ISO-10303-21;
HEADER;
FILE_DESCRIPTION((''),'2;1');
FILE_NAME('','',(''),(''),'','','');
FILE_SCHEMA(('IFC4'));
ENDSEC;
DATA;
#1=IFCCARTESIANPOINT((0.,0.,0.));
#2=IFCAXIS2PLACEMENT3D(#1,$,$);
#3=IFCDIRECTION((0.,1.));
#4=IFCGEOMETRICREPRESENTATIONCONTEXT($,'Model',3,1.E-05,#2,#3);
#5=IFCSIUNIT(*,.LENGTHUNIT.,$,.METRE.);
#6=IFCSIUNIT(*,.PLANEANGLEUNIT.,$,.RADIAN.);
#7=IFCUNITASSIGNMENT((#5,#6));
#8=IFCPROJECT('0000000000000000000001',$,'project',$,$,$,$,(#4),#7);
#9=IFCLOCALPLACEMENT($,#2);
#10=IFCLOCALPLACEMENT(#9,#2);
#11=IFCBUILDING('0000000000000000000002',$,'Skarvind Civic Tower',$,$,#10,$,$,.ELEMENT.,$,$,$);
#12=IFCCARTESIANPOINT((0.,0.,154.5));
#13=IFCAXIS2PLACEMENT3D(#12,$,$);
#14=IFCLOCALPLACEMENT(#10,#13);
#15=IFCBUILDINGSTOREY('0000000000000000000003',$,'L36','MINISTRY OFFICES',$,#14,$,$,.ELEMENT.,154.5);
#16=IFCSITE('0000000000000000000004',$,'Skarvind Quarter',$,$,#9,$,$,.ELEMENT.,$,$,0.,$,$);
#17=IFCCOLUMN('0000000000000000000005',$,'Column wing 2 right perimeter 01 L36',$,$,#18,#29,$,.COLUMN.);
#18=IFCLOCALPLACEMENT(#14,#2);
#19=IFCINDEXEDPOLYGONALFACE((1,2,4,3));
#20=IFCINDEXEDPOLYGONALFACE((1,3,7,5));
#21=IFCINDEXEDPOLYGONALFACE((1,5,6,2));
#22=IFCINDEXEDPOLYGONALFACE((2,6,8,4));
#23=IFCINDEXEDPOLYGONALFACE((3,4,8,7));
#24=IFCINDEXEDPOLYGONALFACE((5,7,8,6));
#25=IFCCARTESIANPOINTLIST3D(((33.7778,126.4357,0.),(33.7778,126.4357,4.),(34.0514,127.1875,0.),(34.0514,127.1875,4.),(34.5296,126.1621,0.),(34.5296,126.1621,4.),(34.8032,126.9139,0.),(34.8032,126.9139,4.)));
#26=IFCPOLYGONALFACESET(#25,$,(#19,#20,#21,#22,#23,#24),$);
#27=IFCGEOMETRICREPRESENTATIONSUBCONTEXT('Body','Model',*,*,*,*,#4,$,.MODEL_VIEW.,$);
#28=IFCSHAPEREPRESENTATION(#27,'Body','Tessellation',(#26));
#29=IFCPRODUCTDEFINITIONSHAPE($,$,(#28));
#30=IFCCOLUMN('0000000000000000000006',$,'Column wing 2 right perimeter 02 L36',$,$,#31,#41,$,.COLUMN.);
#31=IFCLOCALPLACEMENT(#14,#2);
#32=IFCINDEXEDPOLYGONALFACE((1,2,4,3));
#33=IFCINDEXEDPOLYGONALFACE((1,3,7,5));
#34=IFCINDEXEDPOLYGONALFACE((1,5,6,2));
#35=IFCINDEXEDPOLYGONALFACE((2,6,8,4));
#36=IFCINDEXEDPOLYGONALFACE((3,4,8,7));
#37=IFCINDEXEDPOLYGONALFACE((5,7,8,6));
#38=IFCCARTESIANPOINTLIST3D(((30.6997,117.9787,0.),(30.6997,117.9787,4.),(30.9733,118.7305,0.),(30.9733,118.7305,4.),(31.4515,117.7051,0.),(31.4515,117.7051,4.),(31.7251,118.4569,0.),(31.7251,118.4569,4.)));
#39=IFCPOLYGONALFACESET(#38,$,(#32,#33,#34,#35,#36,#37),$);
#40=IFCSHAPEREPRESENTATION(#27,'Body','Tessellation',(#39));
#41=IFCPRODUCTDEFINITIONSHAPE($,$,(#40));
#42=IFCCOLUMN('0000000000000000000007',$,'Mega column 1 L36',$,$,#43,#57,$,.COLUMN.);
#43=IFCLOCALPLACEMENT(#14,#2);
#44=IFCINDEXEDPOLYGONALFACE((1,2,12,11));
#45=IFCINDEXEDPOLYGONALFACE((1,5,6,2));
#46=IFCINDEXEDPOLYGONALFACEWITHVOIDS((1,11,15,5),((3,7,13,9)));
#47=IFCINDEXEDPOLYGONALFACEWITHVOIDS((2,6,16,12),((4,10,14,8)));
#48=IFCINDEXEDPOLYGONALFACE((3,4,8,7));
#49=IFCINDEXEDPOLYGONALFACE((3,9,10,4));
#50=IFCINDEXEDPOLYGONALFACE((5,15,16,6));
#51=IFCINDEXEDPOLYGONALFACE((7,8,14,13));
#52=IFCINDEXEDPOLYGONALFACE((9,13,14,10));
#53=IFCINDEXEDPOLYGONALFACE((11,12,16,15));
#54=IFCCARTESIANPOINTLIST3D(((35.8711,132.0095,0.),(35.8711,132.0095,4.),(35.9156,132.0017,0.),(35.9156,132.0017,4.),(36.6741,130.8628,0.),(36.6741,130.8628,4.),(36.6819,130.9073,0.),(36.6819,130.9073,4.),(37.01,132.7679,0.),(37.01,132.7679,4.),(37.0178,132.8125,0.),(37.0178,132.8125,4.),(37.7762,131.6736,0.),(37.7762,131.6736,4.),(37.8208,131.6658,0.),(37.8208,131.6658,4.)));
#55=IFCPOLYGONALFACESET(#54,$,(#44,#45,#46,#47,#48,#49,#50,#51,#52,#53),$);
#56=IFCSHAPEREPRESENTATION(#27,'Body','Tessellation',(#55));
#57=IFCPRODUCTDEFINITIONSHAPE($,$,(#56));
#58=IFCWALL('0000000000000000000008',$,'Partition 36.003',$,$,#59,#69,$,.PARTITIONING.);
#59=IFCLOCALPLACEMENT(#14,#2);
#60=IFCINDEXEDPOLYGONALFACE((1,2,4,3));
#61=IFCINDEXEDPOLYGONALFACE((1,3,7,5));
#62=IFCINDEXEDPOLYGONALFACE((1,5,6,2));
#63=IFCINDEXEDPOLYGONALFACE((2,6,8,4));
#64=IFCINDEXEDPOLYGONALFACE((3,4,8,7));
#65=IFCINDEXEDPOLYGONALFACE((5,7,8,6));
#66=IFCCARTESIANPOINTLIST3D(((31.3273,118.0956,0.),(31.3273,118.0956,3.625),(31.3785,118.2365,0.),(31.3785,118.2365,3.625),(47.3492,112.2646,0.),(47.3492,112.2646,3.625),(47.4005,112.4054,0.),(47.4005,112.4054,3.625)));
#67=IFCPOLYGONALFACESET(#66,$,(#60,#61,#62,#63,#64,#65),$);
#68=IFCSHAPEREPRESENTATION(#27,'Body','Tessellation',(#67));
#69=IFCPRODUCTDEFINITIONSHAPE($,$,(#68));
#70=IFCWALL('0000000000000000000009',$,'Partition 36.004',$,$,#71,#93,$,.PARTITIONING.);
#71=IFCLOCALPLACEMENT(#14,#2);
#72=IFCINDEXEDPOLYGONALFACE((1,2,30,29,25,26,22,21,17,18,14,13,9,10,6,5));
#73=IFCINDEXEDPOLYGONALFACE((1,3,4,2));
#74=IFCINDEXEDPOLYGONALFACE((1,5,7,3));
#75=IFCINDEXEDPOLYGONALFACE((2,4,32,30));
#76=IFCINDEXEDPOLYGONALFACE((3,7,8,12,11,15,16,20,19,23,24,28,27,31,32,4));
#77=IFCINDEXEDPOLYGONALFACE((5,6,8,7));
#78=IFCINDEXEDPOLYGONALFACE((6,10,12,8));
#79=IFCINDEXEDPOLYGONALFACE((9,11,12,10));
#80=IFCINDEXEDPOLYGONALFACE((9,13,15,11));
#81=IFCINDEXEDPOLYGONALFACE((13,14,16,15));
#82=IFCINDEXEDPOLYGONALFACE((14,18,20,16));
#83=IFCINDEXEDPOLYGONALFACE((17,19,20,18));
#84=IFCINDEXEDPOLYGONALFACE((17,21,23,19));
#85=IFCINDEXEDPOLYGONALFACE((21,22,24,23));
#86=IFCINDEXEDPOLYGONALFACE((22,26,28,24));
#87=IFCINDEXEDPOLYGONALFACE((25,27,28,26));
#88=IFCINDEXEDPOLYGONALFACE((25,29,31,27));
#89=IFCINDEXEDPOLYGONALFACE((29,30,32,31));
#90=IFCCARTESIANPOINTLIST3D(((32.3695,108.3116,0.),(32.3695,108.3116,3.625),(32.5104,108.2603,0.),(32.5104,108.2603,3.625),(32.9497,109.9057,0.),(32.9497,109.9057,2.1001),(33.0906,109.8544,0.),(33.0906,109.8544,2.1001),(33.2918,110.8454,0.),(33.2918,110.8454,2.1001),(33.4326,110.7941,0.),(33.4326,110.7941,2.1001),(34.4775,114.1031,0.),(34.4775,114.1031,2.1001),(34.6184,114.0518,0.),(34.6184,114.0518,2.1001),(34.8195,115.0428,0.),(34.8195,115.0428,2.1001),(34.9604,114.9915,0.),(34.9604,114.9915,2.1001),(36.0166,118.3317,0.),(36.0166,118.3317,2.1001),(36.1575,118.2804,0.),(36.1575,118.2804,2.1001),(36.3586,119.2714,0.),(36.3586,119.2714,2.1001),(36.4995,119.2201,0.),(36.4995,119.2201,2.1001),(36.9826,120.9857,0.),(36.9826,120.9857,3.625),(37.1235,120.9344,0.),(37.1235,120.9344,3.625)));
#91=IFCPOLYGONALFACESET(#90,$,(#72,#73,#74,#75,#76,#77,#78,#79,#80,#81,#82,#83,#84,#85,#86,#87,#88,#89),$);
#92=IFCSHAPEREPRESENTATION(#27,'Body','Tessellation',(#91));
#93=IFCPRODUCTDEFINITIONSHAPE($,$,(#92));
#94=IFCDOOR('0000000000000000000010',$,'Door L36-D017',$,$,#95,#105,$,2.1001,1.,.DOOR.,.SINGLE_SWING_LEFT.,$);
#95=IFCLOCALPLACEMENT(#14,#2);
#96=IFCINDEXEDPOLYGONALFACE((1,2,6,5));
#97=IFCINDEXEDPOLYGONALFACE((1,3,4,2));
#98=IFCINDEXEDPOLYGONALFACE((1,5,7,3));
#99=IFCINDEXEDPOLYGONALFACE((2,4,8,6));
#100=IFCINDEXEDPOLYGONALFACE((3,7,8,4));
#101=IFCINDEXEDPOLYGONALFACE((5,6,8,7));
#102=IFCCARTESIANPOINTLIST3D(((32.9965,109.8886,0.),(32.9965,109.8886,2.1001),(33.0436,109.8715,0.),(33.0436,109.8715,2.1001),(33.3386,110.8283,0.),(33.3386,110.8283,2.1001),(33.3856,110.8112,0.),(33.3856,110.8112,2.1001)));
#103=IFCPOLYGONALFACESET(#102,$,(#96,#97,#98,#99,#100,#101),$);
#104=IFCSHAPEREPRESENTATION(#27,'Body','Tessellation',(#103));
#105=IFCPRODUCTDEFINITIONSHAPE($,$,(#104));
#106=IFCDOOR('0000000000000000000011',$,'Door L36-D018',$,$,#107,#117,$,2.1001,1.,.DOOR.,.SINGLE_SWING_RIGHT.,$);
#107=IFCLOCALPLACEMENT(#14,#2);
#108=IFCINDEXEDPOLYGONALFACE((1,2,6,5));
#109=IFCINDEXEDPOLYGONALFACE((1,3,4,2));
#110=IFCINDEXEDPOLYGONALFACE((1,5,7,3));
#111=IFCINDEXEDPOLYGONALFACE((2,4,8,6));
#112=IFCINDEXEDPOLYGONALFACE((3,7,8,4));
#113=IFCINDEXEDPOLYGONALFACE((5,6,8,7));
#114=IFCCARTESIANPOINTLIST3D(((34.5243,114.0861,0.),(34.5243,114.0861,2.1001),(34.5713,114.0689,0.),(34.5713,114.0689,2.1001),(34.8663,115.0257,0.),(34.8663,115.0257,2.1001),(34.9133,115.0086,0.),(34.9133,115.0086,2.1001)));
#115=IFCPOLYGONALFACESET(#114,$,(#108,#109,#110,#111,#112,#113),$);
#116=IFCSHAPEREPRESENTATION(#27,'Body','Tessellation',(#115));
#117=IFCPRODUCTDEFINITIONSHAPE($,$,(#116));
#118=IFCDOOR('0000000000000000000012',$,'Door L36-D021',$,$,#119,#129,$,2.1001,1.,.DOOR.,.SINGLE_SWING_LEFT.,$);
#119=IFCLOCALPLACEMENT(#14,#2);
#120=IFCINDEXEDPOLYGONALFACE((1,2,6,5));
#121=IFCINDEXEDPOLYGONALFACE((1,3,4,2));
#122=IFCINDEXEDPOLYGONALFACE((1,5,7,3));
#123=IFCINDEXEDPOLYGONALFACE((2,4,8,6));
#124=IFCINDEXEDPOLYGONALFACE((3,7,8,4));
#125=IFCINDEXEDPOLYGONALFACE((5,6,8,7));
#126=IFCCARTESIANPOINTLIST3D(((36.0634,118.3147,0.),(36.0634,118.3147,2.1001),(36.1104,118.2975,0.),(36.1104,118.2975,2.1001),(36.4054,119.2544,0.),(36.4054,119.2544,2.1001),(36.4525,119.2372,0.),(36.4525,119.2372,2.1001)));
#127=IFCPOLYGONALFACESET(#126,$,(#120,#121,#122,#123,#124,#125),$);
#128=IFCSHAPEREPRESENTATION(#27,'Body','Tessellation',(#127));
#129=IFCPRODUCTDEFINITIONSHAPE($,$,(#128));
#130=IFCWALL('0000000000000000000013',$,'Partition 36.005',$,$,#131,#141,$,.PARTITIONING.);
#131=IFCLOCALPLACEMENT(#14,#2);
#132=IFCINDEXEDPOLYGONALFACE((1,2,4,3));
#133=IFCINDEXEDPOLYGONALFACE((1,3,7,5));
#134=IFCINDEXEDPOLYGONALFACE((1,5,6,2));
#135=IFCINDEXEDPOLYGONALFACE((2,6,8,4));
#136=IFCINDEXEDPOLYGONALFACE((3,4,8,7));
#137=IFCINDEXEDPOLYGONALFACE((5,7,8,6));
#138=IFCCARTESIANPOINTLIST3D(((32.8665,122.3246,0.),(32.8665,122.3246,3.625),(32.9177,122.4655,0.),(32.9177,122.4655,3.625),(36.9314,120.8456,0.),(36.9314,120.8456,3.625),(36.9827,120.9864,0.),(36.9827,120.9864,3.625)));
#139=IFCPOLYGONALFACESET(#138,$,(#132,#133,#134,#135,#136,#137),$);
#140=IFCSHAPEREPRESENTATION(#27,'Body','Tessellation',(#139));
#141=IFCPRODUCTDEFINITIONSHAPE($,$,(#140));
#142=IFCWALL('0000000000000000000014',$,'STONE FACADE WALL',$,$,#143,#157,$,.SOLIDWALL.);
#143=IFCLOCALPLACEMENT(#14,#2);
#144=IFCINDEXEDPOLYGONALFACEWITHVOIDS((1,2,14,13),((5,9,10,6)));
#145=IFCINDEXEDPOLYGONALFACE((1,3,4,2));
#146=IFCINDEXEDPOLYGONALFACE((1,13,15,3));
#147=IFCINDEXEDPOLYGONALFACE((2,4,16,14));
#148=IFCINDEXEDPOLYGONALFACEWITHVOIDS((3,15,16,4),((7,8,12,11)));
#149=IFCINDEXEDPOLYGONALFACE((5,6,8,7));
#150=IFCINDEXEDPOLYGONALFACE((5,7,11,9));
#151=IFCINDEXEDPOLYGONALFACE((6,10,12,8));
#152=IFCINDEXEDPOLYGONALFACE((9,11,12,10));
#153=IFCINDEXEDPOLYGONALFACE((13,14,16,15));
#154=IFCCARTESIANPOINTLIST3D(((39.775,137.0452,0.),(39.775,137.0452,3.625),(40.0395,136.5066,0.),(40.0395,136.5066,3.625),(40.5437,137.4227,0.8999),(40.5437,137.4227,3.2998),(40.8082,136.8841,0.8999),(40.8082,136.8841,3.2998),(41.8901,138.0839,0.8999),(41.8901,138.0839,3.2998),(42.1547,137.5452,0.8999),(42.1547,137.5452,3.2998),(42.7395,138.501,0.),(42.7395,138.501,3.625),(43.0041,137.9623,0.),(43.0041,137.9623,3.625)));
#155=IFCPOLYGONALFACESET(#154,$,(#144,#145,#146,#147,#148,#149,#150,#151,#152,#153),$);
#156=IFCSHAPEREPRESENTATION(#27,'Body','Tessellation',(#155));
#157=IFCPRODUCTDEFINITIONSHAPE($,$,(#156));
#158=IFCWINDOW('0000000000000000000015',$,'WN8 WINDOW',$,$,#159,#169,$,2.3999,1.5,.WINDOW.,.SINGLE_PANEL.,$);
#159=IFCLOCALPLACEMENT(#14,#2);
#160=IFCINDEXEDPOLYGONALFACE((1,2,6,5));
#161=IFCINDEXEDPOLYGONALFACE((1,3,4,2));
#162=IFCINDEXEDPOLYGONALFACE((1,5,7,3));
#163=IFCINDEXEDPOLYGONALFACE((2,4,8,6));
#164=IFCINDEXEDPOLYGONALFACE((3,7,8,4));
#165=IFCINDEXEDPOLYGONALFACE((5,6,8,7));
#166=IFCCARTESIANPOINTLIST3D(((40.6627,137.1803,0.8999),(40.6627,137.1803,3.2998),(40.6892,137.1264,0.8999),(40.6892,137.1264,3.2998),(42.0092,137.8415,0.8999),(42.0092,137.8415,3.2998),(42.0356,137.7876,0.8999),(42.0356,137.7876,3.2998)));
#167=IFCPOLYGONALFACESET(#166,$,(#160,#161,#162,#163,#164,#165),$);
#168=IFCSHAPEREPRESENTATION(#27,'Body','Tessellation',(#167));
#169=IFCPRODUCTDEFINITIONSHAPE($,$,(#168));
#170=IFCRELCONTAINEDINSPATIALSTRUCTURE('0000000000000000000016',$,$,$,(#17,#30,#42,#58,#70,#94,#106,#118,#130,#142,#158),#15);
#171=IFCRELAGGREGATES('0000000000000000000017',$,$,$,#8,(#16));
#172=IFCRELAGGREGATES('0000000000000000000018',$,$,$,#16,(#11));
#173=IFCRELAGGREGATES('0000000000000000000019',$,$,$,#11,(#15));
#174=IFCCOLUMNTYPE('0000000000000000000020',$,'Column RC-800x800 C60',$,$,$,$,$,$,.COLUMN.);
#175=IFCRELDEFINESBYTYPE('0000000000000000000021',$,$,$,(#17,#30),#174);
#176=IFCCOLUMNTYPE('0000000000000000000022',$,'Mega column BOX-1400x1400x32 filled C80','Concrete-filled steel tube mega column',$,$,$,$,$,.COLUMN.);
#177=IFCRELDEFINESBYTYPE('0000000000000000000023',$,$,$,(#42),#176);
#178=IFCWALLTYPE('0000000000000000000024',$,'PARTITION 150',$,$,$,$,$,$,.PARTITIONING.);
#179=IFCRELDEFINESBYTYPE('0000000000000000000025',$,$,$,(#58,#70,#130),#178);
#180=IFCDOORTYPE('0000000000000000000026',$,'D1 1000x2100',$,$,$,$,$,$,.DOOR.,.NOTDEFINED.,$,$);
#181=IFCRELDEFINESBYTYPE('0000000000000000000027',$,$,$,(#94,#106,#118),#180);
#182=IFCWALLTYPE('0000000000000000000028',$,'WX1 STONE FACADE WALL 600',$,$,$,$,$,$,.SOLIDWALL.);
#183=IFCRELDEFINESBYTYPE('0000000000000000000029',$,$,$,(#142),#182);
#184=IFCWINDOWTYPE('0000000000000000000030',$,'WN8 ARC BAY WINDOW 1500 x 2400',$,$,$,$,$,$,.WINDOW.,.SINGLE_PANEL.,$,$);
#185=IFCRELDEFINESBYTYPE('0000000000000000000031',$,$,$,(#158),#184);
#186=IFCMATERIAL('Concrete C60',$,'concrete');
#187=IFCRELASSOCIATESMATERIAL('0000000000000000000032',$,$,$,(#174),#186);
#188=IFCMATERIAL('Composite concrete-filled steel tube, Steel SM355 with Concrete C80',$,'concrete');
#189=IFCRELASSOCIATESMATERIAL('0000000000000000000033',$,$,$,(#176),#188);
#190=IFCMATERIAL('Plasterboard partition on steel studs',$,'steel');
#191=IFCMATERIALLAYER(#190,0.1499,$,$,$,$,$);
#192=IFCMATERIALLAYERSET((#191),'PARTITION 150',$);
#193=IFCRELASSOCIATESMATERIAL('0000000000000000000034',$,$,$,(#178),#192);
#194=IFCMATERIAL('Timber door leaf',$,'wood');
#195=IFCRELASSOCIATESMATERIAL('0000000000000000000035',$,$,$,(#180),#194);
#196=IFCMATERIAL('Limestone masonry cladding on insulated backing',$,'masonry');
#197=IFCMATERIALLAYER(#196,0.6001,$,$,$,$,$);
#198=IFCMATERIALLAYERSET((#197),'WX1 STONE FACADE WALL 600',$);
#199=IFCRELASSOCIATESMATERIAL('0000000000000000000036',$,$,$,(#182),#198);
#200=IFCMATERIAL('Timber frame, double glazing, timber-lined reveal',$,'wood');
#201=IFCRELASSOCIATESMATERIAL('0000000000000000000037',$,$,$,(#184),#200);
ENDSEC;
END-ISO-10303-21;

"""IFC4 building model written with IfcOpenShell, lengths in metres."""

from ifc_helpers import new_model, si_unit, direction, frame, frame_2d, origin, origin_2d, place, context, subcontext, project, spatial, rectangle, hollow_rectangle, extrude, material, layer, layer_set, material_profile, profile_set, type_object, element, fill, save


model = new_model("IFC4")

# Units and contexts
model_context = context("Model", 3, precision=1e-05, world=origin(), true_north=direction((0.0, 1.0)))
body_context = subcontext(model_context, "Body", "Model", "MODEL_VIEW")
ifc_project = project(units=[si_unit("LENGTHUNIT", "METRE"), si_unit("PLANEANGLEUNIT", "RADIAN")], contexts=[model_context])

# Site, building, storey
site_placement = place(None, origin())
site = spatial("IfcSite", under=ifc_project, at=site_placement, Name="Skarvind Quarter", CompositionType="ELEMENT", RefElevation=0.0)
building_placement = place(site_placement, origin())
building = spatial("IfcBuilding", under=site, at=building_placement, Name="Skarvind Civic Tower", CompositionType="ELEMENT")
storey_placement = place(building_placement, frame((0.0, 0.0, 154.5)))
storey = spatial("IfcBuildingStorey", under=building, at=storey_placement, Name="L36", Description="MINISTRY OFFICES", CompositionType="ELEMENT", Elevation=154.5)

# Columns
ifc_material_1 = material(Name="Concrete C60", Category="concrete")
ifc_material_profile_1 = material_profile(ifc_material_1, rectangle(XDim=0.8, YDim=0.8, at=origin_2d()), Name="RC-800x800")
ifc_profile_set_1 = profile_set([ifc_material_profile_1], Name="Concrete C60")
column_type_1 = type_object("IfcColumnType", Name="Column RC-800x800 C60", PredefinedType="COLUMN", material=ifc_profile_set_1)
for number, where, z_axis, x_axis, name in (
    (1, (34.2905, 126.6748, 0.0), (0.0, 0.0, 1.0), (-0.34202, -0.939693, 0.0), "Column wing 2 right perimeter 01 L36"),
    (2, (31.2124, 118.2178, 0.0), (0.0, 0.0, 1.0), (-0.34202, -0.939693, 0.0), "Column wing 2 right perimeter 02 L36"),
):
    element("IfcColumn", number, at=place(storey_placement, frame(where, z_axis=z_axis, x_axis=x_axis)), inside=storey, type_object=column_type_1, Name=name, PredefinedType="COLUMN", context=body_context, shape_type="SweptSolid", body=[
        extrude(rectangle(XDim=0.8, YDim=0.8, at=origin_2d()), origin(), (0.0, 0.0, 1.0), 4.0),
    ])
ifc_material_2 = material(Name="Composite concrete-filled steel tube, Steel SM355 with Concrete C80", Category="concrete")
ifc_material_profile_2 = material_profile(ifc_material_2, hollow_rectangle(XDim=1.3999, YDim=1.3999, WallThickness=0.032, at=origin_2d()), Name="BOX-1400x1400x32")
ifc_profile_set_2 = profile_set([ifc_material_profile_2], Name="Composite concrete-filled steel tube, Steel SM355 with Concrete C80")
column_type_2 = type_object("IfcColumnType", Name="Mega column BOX-1400x1400x32 filled C80", Description="Concrete-filled steel tube mega column", PredefinedType="COLUMN", material=ifc_profile_set_2)
column_placement = place(storey_placement, frame((36.8459, 131.8376, 0.0), z_axis=(0.0, 0.0, 1.0), x_axis=(0.573576, -0.819152, 0.0)))
element("IfcColumn", 3, at=column_placement, inside=storey, type_object=column_type_2, Name="Mega column 1 L36", PredefinedType="COLUMN", context=body_context, shape_type="SweptSolid", body=[
    extrude(hollow_rectangle(XDim=1.3999, YDim=1.3999, WallThickness=0.032, at=origin_2d()), origin(), (0.0, 0.0, 1.0), 4.0),
])

# Wall
ifc_material_3 = material(Name="Plasterboard partition on steel studs", Category="steel")
ifc_layer_1 = layer(ifc_material_3, 0.1499)
ifc_layer_set_1 = layer_set([ifc_layer_1], Name="PARTITION 150")
wall_type_1 = type_object("IfcWallType", Name="PARTITION 150", PredefinedType="PARTITIONING", material=ifc_layer_set_1)
wall_1_placement = place(storey_placement, frame((31.353, 118.166, 0.0), z_axis=(0.0, 0.0, 1.0), x_axis=(0.939701, -0.341996, 0.0)))
element("IfcWall", 4, at=wall_1_placement, inside=storey, type_object=wall_type_1, Name="Partition 36.003", PredefinedType="PARTITIONING", context=body_context, shape_type="SweptSolid", body=[
    extrude(rectangle(XDim=17.05, YDim=0.1499, at=frame_2d((8.5249, 0.0))), origin(), (0.0, 0.0, 1.0), 3.625),
])

# Wall, openings, doors
wall_2_placement = place(storey_placement, frame((37.053, 120.96, 0.0), z_axis=(0.0, 0.0, 1.0), x_axis=(-0.342024, -0.939691, 0.0)))
wall_2 = element("IfcWall", 5, at=wall_2_placement, inside=storey, type_object=wall_type_1, Name="Partition 36.004", PredefinedType="PARTITIONING", context=body_context, shape_type="SweptSolid", body=[
    extrude(rectangle(XDim=13.4875, YDim=0.1499, at=frame_2d((6.7437, 0.0))), origin(), (0.0, 0.0, 1.0), 3.625),
])
opening_1_placement = place(wall_2_placement, frame((10.791, 0.0, 0.0)))
opening_1 = element("IfcOpeningElement", 6, at=opening_1_placement, cuts=wall_2, PredefinedType="OPENING", context=body_context, shape_type="SweptSolid", body=[
    extrude(rectangle(XDim=1.0, YDim=2.1001, at=frame_2d((0.5, 1.05))), frame((0.0, 0.085, 0.0), z_axis=(0.0, -1.0, 0.0), x_axis=(1.0, 0.0, 0.0)), (0.0, 0.0, 1.0), 0.1699),
])
opening_2_placement = place(wall_2_placement, frame((6.3242, 0.0, 0.0)))
opening_2 = element("IfcOpeningElement", 7, at=opening_2_placement, cuts=wall_2, PredefinedType="OPENING", context=body_context, shape_type="SweptSolid", body=[
    extrude(rectangle(XDim=1.0, YDim=2.1001, at=frame_2d((0.5, 1.05))), frame((0.0, 0.085, 0.0), z_axis=(0.0, -1.0, 0.0), x_axis=(1.0, 0.0, 0.0)), (0.0, 0.0, 1.0), 0.1699),
])
opening_3_placement = place(wall_2_placement, frame((1.8242, 0.0, 0.0)))
opening_3 = element("IfcOpeningElement", 8, at=opening_3_placement, cuts=wall_2, PredefinedType="OPENING", context=body_context, shape_type="SweptSolid", body=[
    extrude(rectangle(XDim=1.0, YDim=2.1001, at=frame_2d((0.5, 1.05))), frame((0.0, 0.085, 0.0), z_axis=(0.0, -1.0, 0.0), x_axis=(1.0, 0.0, 0.0)), (0.0, 0.0, 1.0), 0.1699),
])
ifc_material_4 = material(Name="Timber door leaf", Category="wood")
door_type = type_object("IfcDoorType", Name="D1 1000x2100", OperationType="NOTDEFINED", PredefinedType="DOOR", material=ifc_material_4)
door_1_placement = place(opening_1_placement, origin())
door_1 = element("IfcDoor", 9, at=door_1_placement, inside=storey, type_object=door_type, Name="Door L36-D017", OperationType="SINGLE_SWING_LEFT", OverallHeight=2.1001, OverallWidth=1.0, PredefinedType="DOOR", context=body_context, shape_type="SweptSolid", body=[
    extrude(rectangle(XDim=1.0, YDim=2.1001, at=frame_2d((0.5, 1.05))), frame((0.0, 0.0249, 0.0), z_axis=(0.0, -1.0, 0.0), x_axis=(1.0, 0.0, 0.0)), (0.0, 0.0, 1.0), 0.05),
])
fill(opening_1, door_1)
door_2_placement = place(opening_2_placement, origin())
door_2 = element("IfcDoor", 10, at=door_2_placement, inside=storey, type_object=door_type, Name="Door L36-D018", OperationType="SINGLE_SWING_RIGHT", OverallHeight=2.1001, OverallWidth=1.0, PredefinedType="DOOR", context=body_context, shape_type="SweptSolid", body=[
    extrude(rectangle(XDim=1.0, YDim=2.1001, at=frame_2d((0.5, 1.05))), frame((0.0, 0.0249, 0.0), z_axis=(0.0, -1.0, 0.0), x_axis=(1.0, 0.0, 0.0)), (0.0, 0.0, 1.0), 0.05),
])
fill(opening_2, door_2)
door_3_placement = place(opening_3_placement, origin())
door_3 = element("IfcDoor", 11, at=door_3_placement, inside=storey, type_object=door_type, Name="Door L36-D021", OperationType="SINGLE_SWING_LEFT", OverallHeight=2.1001, OverallWidth=1.0, PredefinedType="DOOR", context=body_context, shape_type="SweptSolid", body=[
    extrude(rectangle(XDim=1.0, YDim=2.1001, at=frame_2d((0.5, 1.05))), frame((0.0, 0.0249, 0.0), z_axis=(0.0, -1.0, 0.0), x_axis=(1.0, 0.0, 0.0)), (0.0, 0.0, 1.0), 0.05),
])
fill(opening_3, door_3)

# Wall
wall_3_placement = place(storey_placement, frame((32.8921, 122.395, 0.0), z_axis=(0.0, 0.0, 1.0), x_axis=(0.939731, -0.341915, 0.0)))
element("IfcWall", 12, at=wall_3_placement, inside=storey, type_object=wall_type_1, Name="Partition 36.005", PredefinedType="PARTITIONING", context=body_context, shape_type="SweptSolid", body=[
    extrude(rectangle(XDim=4.3257, YDim=0.1499, at=frame_2d((2.1628, 0.0))), origin(), (0.0, 0.0, 1.0), 3.625),
])

# Wall, opening, window
ifc_material_5 = material(Name="Limestone masonry cladding on insulated backing", Category="masonry")
ifc_layer_2 = layer(ifc_material_5, 0.6001)
ifc_layer_set_2 = layer_set([ifc_layer_2], Name="WX1 STONE FACADE WALL 600")
wall_type_2 = type_object("IfcWallType", Name="WX1 STONE FACADE WALL 600", PredefinedType="SOLIDWALL", material=ifc_layer_set_2)
wall_4_placement = place(storey_placement, frame((39.9072, 136.7759, 0.0), z_axis=(0.0, 0.0, 1.0), x_axis=(0.897612, 0.440786, 0.0)))
wall_4 = element("IfcWall", 13, at=wall_4_placement, inside=storey, type_object=wall_type_2, Name="STONE FACADE WALL", PredefinedType="SOLIDWALL", context=body_context, shape_type="SweptSolid", body=[
    extrude(rectangle(XDim=3.3027, YDim=0.6001, at=frame_2d((1.6514, 0.0))), origin(), (0.0, 0.0, 1.0), 3.625),
])
opening_4_placement = place(wall_4_placement, frame((0.8564, 0.0, 0.8999)))
opening_4 = element("IfcOpeningElement", 14, at=opening_4_placement, cuts=wall_4, PredefinedType="OPENING", context=body_context, shape_type="SweptSolid", body=[
    extrude(rectangle(XDim=1.5, YDim=2.3999, at=frame_2d((0.75, 1.2))), frame((0.0, 0.3101, 0.0), z_axis=(0.0, -1.0, 0.0), x_axis=(1.0, 0.0, 0.0)), (0.0, 0.0, 1.0), 0.6201),
])
ifc_material_6 = material(Name="Timber frame, double glazing, timber-lined reveal", Category="wood")
window_type = type_object("IfcWindowType", Name="WN8 ARC BAY WINDOW 1500 x 2400", PartitioningType="SINGLE_PANEL", PredefinedType="WINDOW", material=ifc_material_6)
window_1_placement = place(opening_4_placement, origin())
window_1 = element("IfcWindow", 15, at=window_1_placement, inside=storey, type_object=window_type, Name="WN8 WINDOW", OverallHeight=2.3999, OverallWidth=1.5, PartitioningType="SINGLE_PANEL", PredefinedType="WINDOW", context=body_context, shape_type="SweptSolid", body=[
    extrude(rectangle(XDim=1.5, YDim=2.3999, at=frame_2d((0.75, 1.2))), frame((0.0, 0.03, 0.0), z_axis=(0.0, -1.0, 0.0), x_axis=(1.0, 0.0, 0.0)), (0.0, 0.0, 1.0), 0.0601),
])
fill(opening_4, window_1)

save(model, "model.ifc")
